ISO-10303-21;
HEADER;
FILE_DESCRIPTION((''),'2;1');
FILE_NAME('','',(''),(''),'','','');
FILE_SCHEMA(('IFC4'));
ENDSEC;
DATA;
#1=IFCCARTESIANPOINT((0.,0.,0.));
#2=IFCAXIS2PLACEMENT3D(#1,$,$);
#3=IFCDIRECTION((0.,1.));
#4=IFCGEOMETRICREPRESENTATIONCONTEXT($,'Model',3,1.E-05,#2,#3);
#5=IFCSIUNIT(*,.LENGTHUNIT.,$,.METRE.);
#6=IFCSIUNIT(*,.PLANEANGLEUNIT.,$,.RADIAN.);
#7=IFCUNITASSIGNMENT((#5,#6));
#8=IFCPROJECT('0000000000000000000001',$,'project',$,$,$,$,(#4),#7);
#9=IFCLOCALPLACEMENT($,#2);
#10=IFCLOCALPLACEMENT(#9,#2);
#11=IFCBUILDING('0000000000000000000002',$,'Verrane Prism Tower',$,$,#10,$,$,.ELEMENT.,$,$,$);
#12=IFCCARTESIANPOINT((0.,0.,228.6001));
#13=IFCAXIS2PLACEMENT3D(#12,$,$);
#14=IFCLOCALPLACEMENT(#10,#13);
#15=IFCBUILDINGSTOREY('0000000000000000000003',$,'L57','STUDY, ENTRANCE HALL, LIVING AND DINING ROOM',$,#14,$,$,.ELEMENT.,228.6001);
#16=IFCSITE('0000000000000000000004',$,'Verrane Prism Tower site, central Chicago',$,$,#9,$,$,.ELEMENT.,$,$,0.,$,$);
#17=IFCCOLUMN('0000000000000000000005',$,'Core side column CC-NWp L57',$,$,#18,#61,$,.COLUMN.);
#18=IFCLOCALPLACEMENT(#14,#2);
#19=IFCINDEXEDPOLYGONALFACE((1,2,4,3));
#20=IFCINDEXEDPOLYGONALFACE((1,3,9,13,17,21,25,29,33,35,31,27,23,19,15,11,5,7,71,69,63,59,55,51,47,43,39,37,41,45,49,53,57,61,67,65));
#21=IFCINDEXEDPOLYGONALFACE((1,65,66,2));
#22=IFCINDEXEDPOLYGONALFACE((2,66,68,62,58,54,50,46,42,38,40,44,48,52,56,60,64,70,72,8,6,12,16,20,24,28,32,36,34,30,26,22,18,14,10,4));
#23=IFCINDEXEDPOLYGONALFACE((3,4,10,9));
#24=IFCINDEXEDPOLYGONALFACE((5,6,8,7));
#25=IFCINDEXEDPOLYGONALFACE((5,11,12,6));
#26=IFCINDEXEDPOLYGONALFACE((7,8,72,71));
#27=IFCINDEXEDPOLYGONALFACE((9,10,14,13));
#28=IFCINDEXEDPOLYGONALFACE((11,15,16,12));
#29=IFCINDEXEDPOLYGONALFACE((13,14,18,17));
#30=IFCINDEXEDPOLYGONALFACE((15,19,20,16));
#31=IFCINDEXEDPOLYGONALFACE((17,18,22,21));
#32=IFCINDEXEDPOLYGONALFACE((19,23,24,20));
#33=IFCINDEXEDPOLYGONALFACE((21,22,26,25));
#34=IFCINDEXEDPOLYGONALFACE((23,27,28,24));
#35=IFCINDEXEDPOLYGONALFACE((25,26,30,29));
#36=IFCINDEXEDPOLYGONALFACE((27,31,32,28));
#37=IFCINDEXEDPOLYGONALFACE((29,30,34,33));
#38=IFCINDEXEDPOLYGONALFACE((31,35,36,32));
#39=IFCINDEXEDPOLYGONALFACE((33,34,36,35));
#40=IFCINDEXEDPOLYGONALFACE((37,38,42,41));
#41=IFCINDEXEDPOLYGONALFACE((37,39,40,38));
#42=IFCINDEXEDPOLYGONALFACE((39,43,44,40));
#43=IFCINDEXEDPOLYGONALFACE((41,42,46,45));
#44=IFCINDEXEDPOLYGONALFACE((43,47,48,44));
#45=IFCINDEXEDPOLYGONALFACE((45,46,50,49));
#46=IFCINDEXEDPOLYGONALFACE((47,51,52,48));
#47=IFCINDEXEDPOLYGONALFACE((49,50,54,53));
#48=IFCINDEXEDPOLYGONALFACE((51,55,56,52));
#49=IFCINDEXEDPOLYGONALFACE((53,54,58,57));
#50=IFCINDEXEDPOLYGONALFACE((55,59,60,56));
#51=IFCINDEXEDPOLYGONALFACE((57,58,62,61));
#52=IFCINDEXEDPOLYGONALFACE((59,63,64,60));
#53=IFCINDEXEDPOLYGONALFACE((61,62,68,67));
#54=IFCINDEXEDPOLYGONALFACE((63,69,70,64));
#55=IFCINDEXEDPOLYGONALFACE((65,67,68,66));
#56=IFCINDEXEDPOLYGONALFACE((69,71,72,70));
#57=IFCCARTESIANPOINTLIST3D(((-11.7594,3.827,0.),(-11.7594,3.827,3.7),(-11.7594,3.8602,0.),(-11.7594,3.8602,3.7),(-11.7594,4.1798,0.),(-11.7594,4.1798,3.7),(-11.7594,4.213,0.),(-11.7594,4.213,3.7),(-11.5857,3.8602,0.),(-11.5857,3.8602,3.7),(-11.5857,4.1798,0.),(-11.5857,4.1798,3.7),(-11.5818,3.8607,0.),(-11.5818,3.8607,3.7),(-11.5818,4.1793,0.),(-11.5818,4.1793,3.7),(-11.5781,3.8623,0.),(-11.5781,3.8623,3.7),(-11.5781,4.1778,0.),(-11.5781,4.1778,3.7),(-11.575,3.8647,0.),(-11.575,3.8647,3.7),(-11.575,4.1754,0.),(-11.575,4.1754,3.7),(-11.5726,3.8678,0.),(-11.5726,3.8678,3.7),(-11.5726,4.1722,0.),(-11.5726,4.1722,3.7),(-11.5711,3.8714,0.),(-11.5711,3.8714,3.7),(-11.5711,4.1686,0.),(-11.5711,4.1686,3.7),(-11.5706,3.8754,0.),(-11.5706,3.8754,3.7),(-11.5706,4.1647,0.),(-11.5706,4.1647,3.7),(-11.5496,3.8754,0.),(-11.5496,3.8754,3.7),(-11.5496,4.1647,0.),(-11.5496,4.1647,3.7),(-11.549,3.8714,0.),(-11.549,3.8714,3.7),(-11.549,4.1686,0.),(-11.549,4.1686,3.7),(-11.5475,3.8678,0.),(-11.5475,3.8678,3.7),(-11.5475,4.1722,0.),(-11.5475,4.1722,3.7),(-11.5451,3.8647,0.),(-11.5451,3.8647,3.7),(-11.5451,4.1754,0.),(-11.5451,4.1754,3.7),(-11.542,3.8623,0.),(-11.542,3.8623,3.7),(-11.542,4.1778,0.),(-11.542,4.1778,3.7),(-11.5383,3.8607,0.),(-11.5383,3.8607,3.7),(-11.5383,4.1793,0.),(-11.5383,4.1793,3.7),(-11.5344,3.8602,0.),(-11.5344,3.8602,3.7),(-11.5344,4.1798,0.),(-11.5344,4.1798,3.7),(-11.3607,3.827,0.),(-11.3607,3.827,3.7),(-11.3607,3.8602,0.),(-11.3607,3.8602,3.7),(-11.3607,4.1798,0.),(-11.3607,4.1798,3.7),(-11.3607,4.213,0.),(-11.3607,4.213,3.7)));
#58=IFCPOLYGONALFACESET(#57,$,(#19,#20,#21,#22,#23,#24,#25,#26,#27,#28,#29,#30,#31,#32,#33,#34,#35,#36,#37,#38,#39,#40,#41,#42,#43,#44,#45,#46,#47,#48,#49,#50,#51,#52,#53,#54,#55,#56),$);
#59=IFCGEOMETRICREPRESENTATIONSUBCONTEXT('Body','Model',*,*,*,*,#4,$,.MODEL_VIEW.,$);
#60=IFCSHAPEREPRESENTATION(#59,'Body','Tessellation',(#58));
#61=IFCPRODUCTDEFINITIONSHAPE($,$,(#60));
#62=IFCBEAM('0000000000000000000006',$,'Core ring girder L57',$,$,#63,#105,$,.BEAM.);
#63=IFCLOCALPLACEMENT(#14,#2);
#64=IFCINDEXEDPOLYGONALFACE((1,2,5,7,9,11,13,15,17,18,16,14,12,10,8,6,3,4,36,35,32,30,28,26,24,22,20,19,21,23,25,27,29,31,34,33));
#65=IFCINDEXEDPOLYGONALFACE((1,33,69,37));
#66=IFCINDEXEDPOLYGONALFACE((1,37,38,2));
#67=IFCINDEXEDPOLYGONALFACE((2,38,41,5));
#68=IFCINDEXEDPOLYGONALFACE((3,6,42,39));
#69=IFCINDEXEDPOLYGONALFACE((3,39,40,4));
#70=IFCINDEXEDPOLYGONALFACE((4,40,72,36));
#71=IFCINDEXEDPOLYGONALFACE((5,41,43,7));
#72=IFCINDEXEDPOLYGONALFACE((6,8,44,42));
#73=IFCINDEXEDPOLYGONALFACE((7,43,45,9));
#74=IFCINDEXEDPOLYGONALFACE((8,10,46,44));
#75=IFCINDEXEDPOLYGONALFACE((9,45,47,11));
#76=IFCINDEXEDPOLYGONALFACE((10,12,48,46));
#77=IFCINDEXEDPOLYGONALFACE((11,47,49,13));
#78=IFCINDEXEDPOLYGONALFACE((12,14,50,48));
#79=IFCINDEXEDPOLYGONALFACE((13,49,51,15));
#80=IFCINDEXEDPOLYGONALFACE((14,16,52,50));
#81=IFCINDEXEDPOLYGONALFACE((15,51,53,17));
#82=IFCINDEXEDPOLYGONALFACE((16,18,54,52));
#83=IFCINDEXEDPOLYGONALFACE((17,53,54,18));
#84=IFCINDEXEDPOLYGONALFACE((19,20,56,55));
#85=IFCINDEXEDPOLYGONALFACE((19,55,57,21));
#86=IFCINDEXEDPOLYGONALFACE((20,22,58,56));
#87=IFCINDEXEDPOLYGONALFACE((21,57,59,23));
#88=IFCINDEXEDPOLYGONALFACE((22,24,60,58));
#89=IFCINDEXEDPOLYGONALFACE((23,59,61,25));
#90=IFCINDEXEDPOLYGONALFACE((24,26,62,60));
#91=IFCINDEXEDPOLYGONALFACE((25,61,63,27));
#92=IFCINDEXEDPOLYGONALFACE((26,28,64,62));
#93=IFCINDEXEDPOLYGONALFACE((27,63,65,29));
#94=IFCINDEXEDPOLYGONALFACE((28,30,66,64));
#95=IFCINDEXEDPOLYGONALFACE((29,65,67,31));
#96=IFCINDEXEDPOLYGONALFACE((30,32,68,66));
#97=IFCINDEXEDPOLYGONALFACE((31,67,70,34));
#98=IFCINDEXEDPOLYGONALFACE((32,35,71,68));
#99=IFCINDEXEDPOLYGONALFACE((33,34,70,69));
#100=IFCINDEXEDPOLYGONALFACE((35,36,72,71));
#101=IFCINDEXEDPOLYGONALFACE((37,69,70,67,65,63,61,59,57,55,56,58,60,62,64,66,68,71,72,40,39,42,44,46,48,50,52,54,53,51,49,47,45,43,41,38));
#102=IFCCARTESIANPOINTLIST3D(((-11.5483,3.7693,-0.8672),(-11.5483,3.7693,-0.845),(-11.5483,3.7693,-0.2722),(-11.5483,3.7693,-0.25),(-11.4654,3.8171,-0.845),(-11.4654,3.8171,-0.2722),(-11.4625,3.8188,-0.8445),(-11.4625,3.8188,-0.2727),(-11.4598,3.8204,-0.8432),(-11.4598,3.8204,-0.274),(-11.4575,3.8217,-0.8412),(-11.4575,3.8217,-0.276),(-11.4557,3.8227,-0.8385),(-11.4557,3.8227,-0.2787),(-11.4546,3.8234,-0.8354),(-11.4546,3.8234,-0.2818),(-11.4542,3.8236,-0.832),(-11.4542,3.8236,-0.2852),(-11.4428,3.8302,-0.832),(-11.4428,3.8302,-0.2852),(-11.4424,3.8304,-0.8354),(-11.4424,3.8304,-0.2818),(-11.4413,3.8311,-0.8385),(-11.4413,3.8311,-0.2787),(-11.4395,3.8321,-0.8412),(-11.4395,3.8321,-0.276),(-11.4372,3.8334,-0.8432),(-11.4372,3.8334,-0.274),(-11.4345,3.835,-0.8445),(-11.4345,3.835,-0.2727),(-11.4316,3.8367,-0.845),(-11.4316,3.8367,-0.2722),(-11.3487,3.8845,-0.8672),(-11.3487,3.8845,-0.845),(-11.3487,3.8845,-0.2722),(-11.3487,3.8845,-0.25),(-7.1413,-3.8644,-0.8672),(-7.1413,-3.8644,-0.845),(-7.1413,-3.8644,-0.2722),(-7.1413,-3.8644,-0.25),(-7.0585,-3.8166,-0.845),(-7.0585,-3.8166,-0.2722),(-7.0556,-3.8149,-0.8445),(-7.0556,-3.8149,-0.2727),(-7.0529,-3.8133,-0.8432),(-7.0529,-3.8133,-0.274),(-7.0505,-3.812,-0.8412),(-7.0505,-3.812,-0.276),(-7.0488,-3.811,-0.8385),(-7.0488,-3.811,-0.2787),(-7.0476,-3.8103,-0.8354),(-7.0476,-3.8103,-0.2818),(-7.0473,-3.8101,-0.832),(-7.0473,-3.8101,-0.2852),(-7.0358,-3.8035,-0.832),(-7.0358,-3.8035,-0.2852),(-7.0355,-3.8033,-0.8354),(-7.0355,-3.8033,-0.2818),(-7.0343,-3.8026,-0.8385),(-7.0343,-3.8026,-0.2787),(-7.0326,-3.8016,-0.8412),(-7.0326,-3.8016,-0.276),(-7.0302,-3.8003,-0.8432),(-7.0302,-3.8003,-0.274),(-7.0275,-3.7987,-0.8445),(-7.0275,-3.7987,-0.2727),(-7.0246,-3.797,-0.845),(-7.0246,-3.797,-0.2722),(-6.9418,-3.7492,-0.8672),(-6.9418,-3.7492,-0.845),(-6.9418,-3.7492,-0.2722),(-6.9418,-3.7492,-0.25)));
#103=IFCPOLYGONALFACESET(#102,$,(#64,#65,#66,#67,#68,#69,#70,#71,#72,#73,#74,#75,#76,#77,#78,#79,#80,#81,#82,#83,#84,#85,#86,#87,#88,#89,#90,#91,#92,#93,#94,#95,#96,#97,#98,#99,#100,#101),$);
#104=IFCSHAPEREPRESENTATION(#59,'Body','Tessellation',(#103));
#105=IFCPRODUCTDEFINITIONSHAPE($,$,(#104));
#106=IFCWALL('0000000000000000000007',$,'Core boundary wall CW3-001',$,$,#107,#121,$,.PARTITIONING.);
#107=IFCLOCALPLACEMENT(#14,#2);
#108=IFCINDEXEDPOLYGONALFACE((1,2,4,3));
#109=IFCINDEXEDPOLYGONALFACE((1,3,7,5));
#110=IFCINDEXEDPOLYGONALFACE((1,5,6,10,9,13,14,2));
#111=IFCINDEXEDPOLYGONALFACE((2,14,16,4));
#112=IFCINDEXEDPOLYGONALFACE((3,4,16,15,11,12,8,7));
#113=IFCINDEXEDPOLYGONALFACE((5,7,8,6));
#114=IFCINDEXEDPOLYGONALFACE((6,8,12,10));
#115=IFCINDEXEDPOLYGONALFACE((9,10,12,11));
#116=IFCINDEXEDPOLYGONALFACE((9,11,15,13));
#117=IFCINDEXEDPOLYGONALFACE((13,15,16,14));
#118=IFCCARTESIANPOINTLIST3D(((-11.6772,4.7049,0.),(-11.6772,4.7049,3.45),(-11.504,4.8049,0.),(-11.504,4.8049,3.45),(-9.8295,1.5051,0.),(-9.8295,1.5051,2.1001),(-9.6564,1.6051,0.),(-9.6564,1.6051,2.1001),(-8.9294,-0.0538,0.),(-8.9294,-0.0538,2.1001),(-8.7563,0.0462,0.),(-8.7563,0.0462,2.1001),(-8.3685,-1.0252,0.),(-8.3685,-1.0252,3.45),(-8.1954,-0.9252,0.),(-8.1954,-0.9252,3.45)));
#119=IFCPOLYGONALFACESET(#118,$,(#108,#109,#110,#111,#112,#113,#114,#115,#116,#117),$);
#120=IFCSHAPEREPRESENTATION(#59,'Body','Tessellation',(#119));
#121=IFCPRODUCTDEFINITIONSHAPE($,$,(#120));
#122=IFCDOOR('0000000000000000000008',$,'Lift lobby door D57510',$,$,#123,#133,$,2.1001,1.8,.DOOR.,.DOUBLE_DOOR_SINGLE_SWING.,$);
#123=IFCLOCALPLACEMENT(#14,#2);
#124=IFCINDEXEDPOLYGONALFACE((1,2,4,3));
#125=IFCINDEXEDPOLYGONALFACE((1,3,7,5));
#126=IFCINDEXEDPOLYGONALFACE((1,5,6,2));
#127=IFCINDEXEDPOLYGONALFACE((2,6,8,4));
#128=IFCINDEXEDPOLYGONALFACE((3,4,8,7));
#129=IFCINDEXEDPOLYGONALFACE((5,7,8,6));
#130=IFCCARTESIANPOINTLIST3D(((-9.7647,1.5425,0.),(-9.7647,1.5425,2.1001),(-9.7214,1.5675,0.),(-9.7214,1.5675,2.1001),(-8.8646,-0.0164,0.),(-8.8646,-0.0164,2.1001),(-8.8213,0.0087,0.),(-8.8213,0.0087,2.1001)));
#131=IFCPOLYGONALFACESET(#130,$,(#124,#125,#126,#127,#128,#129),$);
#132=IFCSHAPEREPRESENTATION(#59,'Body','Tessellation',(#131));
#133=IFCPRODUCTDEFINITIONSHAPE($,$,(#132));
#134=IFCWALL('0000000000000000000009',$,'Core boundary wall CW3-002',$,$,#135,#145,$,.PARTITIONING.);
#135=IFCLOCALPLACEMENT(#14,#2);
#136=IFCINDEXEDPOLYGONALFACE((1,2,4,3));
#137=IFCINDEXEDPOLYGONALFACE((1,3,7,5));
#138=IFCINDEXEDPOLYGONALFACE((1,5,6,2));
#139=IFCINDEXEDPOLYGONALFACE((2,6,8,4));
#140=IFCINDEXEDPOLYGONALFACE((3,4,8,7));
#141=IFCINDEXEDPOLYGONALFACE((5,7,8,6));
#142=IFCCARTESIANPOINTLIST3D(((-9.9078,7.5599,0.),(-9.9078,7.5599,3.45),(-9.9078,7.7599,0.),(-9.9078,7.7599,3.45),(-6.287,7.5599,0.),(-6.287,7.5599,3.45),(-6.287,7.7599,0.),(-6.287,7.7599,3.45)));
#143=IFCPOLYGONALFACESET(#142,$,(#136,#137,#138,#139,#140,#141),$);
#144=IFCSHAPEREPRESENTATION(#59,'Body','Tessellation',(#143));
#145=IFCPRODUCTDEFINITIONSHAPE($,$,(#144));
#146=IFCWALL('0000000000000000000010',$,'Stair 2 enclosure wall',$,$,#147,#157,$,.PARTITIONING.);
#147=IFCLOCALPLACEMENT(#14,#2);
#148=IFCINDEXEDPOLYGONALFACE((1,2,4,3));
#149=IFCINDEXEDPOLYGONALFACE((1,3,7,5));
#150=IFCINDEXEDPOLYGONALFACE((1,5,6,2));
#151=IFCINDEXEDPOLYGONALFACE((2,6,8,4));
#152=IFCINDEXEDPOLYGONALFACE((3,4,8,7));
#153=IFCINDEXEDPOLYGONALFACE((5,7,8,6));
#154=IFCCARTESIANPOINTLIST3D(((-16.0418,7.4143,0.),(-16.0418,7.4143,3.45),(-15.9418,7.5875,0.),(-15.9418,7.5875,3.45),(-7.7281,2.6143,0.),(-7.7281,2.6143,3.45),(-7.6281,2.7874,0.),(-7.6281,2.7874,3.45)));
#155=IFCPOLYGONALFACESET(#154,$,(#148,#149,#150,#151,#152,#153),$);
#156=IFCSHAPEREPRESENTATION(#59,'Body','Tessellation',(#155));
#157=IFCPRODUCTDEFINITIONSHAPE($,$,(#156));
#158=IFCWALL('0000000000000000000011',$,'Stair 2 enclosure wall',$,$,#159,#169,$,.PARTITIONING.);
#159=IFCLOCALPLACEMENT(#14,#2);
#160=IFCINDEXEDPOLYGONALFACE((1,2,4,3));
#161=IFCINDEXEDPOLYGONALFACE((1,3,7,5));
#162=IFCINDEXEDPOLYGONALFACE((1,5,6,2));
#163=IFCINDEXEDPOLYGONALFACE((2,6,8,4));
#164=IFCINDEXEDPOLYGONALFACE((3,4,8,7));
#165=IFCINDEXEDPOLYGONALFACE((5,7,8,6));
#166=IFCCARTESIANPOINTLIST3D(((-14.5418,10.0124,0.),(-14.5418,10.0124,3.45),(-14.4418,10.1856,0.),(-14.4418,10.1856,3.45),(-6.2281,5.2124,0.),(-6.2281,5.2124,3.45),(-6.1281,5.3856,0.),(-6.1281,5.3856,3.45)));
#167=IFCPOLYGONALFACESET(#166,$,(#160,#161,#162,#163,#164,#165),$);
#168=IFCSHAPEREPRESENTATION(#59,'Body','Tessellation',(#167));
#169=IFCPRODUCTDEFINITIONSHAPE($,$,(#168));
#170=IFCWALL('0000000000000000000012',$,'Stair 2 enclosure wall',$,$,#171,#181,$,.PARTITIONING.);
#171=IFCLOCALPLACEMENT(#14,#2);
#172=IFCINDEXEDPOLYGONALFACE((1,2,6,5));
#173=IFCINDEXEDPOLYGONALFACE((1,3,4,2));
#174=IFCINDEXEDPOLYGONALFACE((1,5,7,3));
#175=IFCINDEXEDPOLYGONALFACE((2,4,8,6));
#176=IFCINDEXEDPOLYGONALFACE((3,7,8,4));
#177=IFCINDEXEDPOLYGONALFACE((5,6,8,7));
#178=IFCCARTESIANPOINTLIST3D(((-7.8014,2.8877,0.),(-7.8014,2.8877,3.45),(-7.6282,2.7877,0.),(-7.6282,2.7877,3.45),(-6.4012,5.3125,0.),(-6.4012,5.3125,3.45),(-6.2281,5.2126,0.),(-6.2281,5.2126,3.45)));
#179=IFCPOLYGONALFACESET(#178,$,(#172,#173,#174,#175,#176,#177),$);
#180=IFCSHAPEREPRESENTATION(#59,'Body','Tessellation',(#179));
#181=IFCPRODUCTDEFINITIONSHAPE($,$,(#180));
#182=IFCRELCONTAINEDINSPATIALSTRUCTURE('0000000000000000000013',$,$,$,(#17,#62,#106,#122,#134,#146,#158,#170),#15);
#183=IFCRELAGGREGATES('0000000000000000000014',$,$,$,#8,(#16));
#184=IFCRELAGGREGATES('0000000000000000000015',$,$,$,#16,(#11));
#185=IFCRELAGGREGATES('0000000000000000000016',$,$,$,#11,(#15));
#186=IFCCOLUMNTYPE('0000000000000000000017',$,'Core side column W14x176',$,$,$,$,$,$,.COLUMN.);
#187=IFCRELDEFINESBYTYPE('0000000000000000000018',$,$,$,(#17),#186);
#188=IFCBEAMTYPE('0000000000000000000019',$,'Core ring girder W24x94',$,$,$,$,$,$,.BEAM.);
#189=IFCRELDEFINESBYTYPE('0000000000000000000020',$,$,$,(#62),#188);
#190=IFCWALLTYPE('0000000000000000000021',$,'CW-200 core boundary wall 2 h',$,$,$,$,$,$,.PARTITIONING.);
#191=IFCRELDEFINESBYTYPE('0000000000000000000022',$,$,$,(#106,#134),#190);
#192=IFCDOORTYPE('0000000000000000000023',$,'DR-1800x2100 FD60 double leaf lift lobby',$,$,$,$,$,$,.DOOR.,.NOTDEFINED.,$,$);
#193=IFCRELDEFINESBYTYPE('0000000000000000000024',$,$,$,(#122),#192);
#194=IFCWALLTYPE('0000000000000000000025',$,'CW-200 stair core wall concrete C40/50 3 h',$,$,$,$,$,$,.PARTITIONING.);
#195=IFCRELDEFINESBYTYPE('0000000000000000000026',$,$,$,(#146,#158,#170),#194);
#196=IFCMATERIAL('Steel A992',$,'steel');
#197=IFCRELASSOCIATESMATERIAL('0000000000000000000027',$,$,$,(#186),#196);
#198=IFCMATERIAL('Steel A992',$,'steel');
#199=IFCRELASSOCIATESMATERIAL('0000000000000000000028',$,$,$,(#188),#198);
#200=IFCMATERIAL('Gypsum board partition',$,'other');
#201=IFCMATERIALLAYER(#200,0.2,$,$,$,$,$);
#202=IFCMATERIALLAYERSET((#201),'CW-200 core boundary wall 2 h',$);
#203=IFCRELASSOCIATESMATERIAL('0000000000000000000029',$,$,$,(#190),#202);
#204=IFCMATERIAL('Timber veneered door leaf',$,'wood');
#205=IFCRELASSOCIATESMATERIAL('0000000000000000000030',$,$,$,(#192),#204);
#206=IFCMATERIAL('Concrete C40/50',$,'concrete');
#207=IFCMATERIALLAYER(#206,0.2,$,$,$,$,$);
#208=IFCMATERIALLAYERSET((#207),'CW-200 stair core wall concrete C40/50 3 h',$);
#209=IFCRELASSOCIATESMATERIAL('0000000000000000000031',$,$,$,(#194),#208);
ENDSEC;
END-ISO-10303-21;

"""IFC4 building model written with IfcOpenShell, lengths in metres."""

from ifc_helpers import new_model, si_unit, direction, frame, frame_2d, origin, origin_2d, place, context, subcontext, project, spatial, rectangle, i_section, extrude, material, layer, layer_set, material_profile, profile_set, type_object, element, fill, save


model = new_model("IFC4")

# Units and contexts
model_context = context("Model", 3, precision=1e-05, world=origin(), true_north=direction((0.0, 1.0)))
body_context = subcontext(model_context, "Body", "Model", "MODEL_VIEW")
ifc_project = project(units=[si_unit("LENGTHUNIT", "METRE"), si_unit("PLANEANGLEUNIT", "RADIAN")], contexts=[model_context])

# Site, building, storey
site_placement = place(None, origin())
site = spatial("IfcSite", under=ifc_project, at=site_placement, Name="Verrane Prism Tower site, central Chicago", CompositionType="ELEMENT", RefElevation=0.0)
building_placement = place(site_placement, origin())
building = spatial("IfcBuilding", under=site, at=building_placement, Name="Verrane Prism Tower", CompositionType="ELEMENT")
storey_placement = place(building_placement, frame((0.0, 0.0, 228.6001)))
storey = spatial("IfcBuildingStorey", under=building, at=storey_placement, Name="L57", Description="STUDY, ENTRANCE HALL, LIVING AND DINING ROOM", CompositionType="ELEMENT", Elevation=228.6001)

# Column
ifc_material_1 = material(Name="Steel A992", Category="steel")
ifc_material_profile_1 = material_profile(ifc_material_1, i_section(OverallWidth=0.3987, OverallDepth=0.386, WebThickness=0.021, FlangeThickness=0.0332, FilletRadius=0.0151, at=origin_2d()), Name="W14x176")
ifc_profile_set_1 = profile_set([ifc_material_profile_1], Name="Steel A992")
column_type = type_object("IfcColumnType", Name="Core side column W14x176", PredefinedType="COLUMN", material=ifc_profile_set_1)
column_placement = place(storey_placement, frame((-11.5601, 4.02, 0.0), z_axis=(0.0, 0.0, 1.0), x_axis=(1.0, 0.0, 0.0)))
element("IfcColumn", 1, at=column_placement, inside=storey, type_object=column_type, Name="Core side column CC-NWp L57", PredefinedType="COLUMN", context=body_context, shape_type="SweptSolid", body=[
    extrude(i_section(OverallWidth=0.3987, OverallDepth=0.386, WebThickness=0.021, FlangeThickness=0.0332, FilletRadius=0.0151, at=origin_2d()), origin(), (0.0, 0.0, 1.0), 3.7),
])

# Beam
ifc_material_2 = material(Name="Steel A992", Category="steel")
ifc_material_profile_2 = material_profile(ifc_material_2, i_section(OverallWidth=0.2305, OverallDepth=0.6172, WebThickness=0.0132, FlangeThickness=0.0222, FilletRadius=0.0129, at=origin_2d()), Name="W24x94")
ifc_profile_set_2 = profile_set([ifc_material_profile_2], Name="Steel A992")
beam_type = type_object("IfcBeamType", Name="Core ring girder W24x94", PredefinedType="BEAM", material=ifc_profile_set_2)
beam_placement = place(storey_placement, frame((-11.4485, 3.8269, -0.5586), z_axis=(0.499967, -0.866044, 0.0), x_axis=(0.866044, 0.499967, 0.0)))
element("IfcBeam", 2, at=beam_placement, inside=storey, type_object=beam_type, Name="Core ring girder L57", PredefinedType="BEAM", context=body_context, shape_type="SweptSolid", body=[
    extrude(i_section(OverallWidth=0.2305, OverallDepth=0.6172, WebThickness=0.0132, FlangeThickness=0.0222, FilletRadius=0.0129, at=origin_2d()), origin(), (0.0, 0.0, 1.0), 8.8145),
])

# Wall, opening, door
ifc_material_3 = material(Name="Gypsum board partition", Category="other")
ifc_layer_1 = layer(ifc_material_3, 0.2)
ifc_layer_set_1 = layer_set([ifc_layer_1], Name="CW-200 core boundary wall 2 h")
wall_type_1 = type_object("IfcWallType", Name="CW-200 core boundary wall 2 h", PredefinedType="PARTITIONING", material=ifc_layer_set_1)
wall_1_placement = place(storey_placement, frame((-11.5906, 4.7549, 0.0), z_axis=(0.0, 0.0, 1.0), x_axis=(0.500044, -0.866, 0.0)))
wall_1 = element("IfcWall", 3, at=wall_1_placement, inside=storey, type_object=wall_type_1, Name="Core boundary wall CW3-001", PredefinedType="PARTITIONING", context=body_context, shape_type="SweptSolid", body=[
    extrude(rectangle(XDim=6.6167, YDim=0.2, at=frame_2d((3.3083, 0.0))), origin(), (0.0, 0.0, 1.0), 3.45),
])
opening_1_placement = place(wall_1_placement, frame((3.6951, 0.0, 0.0)))
opening_1 = element("IfcOpeningElement", 4, at=opening_1_placement, cuts=wall_1, PredefinedType="OPENING", context=body_context, shape_type="SweptSolid", body=[
    extrude(rectangle(XDim=1.8, YDim=2.1001, at=frame_2d((0.8999, 1.05))), frame((0.0, 0.1099, 0.0), z_axis=(0.0, -1.0, 0.0), x_axis=(1.0, 0.0, 0.0)), (0.0, 0.0, 1.0), 0.22),
])
ifc_material_4 = material(Name="Timber veneered door leaf", Category="wood")
door_type_1 = type_object("IfcDoorType", Name="DR-1800x2100 FD60 double leaf lift lobby", OperationType="NOTDEFINED", PredefinedType="DOOR", material=ifc_material_4)
door_1_placement = place(opening_1_placement, origin())
door_1 = element("IfcDoor", 5, at=door_1_placement, inside=storey, type_object=door_type_1, Name="Lift lobby door D57510", OperationType="DOUBLE_DOOR_SINGLE_SWING", OverallHeight=2.1001, OverallWidth=1.8, PredefinedType="DOOR", context=body_context, shape_type="SweptSolid", body=[
    extrude(rectangle(XDim=1.8, YDim=2.1001, at=frame_2d((0.8999, 1.05))), frame((0.0, 0.0249, 0.0), z_axis=(0.0, -1.0, 0.0), x_axis=(1.0, 0.0, 0.0)), (0.0, 0.0, 1.0), 0.05),
])
fill(opening_1, door_1)

# Walls
wall_2_placement = place(storey_placement, frame((-9.908, 7.6599, 0.0), z_axis=(0.0, 0.0, 1.0), x_axis=(1.0, 0.0, 0.0)))
element("IfcWall", 6, at=wall_2_placement, inside=storey, type_object=wall_type_1, Name="Core boundary wall CW3-002", PredefinedType="PARTITIONING", context=body_context, shape_type="SweptSolid", body=[
    extrude(rectangle(XDim=3.6208, YDim=0.2, at=frame_2d((1.8105, 0.0))), origin(), (0.0, 0.0, 1.0), 3.45),
])
ifc_material_5 = material(Name="Concrete C40/50", Category="concrete")
ifc_layer_2 = layer(ifc_material_5, 0.2)
ifc_layer_set_2 = layer_set([ifc_layer_2], Name="CW-200 stair core wall concrete C40/50 3 h")
wall_type_2 = type_object("IfcWallType", Name="CW-200 stair core wall concrete C40/50 3 h", PredefinedType="PARTITIONING", material=ifc_layer_set_2)
for number, where, z_axis, x_axis, name in (
    (7, (-7.6782, 2.7009, 0.0), (0.0, 0.0, 1.0), (-0.86602, 0.500009, 0.0), "Stair 2 enclosure wall"),
    (8, (-6.1782, 5.2991, 0.0), (0.0, 0.0, 1.0), (-0.86602, 0.500009, 0.0), "Stair 2 enclosure wall"),
):
    element("IfcWall", number, at=place(storey_placement, frame(where, z_axis=z_axis, x_axis=x_axis)), inside=storey, type_object=wall_type_2, Name=name, PredefinedType="PARTITIONING", context=body_context, shape_type="SweptSolid", body=[
        extrude(rectangle(XDim=9.5999, YDim=0.2, at=frame_2d((4.7998, 0.0))), origin(), (0.0, 0.0, 1.0), 3.45),
    ])
wall_3_placement = place(storey_placement, frame((-6.3147, 5.2625, 0.0), z_axis=(0.0, 0.0, 1.0), x_axis=(-0.50005, -0.865997, 0.0)))
element("IfcWall", 9, at=wall_3_placement, inside=storey, type_object=wall_type_2, Name="Stair 2 enclosure wall", PredefinedType="PARTITIONING", context=body_context, shape_type="SweptSolid", body=[
    extrude(rectangle(XDim=2.8, YDim=0.2, at=frame_2d((1.3999, 0.0))), origin(), (0.0, 0.0, 1.0), 3.45),
])

save(model, "model.ifc")
